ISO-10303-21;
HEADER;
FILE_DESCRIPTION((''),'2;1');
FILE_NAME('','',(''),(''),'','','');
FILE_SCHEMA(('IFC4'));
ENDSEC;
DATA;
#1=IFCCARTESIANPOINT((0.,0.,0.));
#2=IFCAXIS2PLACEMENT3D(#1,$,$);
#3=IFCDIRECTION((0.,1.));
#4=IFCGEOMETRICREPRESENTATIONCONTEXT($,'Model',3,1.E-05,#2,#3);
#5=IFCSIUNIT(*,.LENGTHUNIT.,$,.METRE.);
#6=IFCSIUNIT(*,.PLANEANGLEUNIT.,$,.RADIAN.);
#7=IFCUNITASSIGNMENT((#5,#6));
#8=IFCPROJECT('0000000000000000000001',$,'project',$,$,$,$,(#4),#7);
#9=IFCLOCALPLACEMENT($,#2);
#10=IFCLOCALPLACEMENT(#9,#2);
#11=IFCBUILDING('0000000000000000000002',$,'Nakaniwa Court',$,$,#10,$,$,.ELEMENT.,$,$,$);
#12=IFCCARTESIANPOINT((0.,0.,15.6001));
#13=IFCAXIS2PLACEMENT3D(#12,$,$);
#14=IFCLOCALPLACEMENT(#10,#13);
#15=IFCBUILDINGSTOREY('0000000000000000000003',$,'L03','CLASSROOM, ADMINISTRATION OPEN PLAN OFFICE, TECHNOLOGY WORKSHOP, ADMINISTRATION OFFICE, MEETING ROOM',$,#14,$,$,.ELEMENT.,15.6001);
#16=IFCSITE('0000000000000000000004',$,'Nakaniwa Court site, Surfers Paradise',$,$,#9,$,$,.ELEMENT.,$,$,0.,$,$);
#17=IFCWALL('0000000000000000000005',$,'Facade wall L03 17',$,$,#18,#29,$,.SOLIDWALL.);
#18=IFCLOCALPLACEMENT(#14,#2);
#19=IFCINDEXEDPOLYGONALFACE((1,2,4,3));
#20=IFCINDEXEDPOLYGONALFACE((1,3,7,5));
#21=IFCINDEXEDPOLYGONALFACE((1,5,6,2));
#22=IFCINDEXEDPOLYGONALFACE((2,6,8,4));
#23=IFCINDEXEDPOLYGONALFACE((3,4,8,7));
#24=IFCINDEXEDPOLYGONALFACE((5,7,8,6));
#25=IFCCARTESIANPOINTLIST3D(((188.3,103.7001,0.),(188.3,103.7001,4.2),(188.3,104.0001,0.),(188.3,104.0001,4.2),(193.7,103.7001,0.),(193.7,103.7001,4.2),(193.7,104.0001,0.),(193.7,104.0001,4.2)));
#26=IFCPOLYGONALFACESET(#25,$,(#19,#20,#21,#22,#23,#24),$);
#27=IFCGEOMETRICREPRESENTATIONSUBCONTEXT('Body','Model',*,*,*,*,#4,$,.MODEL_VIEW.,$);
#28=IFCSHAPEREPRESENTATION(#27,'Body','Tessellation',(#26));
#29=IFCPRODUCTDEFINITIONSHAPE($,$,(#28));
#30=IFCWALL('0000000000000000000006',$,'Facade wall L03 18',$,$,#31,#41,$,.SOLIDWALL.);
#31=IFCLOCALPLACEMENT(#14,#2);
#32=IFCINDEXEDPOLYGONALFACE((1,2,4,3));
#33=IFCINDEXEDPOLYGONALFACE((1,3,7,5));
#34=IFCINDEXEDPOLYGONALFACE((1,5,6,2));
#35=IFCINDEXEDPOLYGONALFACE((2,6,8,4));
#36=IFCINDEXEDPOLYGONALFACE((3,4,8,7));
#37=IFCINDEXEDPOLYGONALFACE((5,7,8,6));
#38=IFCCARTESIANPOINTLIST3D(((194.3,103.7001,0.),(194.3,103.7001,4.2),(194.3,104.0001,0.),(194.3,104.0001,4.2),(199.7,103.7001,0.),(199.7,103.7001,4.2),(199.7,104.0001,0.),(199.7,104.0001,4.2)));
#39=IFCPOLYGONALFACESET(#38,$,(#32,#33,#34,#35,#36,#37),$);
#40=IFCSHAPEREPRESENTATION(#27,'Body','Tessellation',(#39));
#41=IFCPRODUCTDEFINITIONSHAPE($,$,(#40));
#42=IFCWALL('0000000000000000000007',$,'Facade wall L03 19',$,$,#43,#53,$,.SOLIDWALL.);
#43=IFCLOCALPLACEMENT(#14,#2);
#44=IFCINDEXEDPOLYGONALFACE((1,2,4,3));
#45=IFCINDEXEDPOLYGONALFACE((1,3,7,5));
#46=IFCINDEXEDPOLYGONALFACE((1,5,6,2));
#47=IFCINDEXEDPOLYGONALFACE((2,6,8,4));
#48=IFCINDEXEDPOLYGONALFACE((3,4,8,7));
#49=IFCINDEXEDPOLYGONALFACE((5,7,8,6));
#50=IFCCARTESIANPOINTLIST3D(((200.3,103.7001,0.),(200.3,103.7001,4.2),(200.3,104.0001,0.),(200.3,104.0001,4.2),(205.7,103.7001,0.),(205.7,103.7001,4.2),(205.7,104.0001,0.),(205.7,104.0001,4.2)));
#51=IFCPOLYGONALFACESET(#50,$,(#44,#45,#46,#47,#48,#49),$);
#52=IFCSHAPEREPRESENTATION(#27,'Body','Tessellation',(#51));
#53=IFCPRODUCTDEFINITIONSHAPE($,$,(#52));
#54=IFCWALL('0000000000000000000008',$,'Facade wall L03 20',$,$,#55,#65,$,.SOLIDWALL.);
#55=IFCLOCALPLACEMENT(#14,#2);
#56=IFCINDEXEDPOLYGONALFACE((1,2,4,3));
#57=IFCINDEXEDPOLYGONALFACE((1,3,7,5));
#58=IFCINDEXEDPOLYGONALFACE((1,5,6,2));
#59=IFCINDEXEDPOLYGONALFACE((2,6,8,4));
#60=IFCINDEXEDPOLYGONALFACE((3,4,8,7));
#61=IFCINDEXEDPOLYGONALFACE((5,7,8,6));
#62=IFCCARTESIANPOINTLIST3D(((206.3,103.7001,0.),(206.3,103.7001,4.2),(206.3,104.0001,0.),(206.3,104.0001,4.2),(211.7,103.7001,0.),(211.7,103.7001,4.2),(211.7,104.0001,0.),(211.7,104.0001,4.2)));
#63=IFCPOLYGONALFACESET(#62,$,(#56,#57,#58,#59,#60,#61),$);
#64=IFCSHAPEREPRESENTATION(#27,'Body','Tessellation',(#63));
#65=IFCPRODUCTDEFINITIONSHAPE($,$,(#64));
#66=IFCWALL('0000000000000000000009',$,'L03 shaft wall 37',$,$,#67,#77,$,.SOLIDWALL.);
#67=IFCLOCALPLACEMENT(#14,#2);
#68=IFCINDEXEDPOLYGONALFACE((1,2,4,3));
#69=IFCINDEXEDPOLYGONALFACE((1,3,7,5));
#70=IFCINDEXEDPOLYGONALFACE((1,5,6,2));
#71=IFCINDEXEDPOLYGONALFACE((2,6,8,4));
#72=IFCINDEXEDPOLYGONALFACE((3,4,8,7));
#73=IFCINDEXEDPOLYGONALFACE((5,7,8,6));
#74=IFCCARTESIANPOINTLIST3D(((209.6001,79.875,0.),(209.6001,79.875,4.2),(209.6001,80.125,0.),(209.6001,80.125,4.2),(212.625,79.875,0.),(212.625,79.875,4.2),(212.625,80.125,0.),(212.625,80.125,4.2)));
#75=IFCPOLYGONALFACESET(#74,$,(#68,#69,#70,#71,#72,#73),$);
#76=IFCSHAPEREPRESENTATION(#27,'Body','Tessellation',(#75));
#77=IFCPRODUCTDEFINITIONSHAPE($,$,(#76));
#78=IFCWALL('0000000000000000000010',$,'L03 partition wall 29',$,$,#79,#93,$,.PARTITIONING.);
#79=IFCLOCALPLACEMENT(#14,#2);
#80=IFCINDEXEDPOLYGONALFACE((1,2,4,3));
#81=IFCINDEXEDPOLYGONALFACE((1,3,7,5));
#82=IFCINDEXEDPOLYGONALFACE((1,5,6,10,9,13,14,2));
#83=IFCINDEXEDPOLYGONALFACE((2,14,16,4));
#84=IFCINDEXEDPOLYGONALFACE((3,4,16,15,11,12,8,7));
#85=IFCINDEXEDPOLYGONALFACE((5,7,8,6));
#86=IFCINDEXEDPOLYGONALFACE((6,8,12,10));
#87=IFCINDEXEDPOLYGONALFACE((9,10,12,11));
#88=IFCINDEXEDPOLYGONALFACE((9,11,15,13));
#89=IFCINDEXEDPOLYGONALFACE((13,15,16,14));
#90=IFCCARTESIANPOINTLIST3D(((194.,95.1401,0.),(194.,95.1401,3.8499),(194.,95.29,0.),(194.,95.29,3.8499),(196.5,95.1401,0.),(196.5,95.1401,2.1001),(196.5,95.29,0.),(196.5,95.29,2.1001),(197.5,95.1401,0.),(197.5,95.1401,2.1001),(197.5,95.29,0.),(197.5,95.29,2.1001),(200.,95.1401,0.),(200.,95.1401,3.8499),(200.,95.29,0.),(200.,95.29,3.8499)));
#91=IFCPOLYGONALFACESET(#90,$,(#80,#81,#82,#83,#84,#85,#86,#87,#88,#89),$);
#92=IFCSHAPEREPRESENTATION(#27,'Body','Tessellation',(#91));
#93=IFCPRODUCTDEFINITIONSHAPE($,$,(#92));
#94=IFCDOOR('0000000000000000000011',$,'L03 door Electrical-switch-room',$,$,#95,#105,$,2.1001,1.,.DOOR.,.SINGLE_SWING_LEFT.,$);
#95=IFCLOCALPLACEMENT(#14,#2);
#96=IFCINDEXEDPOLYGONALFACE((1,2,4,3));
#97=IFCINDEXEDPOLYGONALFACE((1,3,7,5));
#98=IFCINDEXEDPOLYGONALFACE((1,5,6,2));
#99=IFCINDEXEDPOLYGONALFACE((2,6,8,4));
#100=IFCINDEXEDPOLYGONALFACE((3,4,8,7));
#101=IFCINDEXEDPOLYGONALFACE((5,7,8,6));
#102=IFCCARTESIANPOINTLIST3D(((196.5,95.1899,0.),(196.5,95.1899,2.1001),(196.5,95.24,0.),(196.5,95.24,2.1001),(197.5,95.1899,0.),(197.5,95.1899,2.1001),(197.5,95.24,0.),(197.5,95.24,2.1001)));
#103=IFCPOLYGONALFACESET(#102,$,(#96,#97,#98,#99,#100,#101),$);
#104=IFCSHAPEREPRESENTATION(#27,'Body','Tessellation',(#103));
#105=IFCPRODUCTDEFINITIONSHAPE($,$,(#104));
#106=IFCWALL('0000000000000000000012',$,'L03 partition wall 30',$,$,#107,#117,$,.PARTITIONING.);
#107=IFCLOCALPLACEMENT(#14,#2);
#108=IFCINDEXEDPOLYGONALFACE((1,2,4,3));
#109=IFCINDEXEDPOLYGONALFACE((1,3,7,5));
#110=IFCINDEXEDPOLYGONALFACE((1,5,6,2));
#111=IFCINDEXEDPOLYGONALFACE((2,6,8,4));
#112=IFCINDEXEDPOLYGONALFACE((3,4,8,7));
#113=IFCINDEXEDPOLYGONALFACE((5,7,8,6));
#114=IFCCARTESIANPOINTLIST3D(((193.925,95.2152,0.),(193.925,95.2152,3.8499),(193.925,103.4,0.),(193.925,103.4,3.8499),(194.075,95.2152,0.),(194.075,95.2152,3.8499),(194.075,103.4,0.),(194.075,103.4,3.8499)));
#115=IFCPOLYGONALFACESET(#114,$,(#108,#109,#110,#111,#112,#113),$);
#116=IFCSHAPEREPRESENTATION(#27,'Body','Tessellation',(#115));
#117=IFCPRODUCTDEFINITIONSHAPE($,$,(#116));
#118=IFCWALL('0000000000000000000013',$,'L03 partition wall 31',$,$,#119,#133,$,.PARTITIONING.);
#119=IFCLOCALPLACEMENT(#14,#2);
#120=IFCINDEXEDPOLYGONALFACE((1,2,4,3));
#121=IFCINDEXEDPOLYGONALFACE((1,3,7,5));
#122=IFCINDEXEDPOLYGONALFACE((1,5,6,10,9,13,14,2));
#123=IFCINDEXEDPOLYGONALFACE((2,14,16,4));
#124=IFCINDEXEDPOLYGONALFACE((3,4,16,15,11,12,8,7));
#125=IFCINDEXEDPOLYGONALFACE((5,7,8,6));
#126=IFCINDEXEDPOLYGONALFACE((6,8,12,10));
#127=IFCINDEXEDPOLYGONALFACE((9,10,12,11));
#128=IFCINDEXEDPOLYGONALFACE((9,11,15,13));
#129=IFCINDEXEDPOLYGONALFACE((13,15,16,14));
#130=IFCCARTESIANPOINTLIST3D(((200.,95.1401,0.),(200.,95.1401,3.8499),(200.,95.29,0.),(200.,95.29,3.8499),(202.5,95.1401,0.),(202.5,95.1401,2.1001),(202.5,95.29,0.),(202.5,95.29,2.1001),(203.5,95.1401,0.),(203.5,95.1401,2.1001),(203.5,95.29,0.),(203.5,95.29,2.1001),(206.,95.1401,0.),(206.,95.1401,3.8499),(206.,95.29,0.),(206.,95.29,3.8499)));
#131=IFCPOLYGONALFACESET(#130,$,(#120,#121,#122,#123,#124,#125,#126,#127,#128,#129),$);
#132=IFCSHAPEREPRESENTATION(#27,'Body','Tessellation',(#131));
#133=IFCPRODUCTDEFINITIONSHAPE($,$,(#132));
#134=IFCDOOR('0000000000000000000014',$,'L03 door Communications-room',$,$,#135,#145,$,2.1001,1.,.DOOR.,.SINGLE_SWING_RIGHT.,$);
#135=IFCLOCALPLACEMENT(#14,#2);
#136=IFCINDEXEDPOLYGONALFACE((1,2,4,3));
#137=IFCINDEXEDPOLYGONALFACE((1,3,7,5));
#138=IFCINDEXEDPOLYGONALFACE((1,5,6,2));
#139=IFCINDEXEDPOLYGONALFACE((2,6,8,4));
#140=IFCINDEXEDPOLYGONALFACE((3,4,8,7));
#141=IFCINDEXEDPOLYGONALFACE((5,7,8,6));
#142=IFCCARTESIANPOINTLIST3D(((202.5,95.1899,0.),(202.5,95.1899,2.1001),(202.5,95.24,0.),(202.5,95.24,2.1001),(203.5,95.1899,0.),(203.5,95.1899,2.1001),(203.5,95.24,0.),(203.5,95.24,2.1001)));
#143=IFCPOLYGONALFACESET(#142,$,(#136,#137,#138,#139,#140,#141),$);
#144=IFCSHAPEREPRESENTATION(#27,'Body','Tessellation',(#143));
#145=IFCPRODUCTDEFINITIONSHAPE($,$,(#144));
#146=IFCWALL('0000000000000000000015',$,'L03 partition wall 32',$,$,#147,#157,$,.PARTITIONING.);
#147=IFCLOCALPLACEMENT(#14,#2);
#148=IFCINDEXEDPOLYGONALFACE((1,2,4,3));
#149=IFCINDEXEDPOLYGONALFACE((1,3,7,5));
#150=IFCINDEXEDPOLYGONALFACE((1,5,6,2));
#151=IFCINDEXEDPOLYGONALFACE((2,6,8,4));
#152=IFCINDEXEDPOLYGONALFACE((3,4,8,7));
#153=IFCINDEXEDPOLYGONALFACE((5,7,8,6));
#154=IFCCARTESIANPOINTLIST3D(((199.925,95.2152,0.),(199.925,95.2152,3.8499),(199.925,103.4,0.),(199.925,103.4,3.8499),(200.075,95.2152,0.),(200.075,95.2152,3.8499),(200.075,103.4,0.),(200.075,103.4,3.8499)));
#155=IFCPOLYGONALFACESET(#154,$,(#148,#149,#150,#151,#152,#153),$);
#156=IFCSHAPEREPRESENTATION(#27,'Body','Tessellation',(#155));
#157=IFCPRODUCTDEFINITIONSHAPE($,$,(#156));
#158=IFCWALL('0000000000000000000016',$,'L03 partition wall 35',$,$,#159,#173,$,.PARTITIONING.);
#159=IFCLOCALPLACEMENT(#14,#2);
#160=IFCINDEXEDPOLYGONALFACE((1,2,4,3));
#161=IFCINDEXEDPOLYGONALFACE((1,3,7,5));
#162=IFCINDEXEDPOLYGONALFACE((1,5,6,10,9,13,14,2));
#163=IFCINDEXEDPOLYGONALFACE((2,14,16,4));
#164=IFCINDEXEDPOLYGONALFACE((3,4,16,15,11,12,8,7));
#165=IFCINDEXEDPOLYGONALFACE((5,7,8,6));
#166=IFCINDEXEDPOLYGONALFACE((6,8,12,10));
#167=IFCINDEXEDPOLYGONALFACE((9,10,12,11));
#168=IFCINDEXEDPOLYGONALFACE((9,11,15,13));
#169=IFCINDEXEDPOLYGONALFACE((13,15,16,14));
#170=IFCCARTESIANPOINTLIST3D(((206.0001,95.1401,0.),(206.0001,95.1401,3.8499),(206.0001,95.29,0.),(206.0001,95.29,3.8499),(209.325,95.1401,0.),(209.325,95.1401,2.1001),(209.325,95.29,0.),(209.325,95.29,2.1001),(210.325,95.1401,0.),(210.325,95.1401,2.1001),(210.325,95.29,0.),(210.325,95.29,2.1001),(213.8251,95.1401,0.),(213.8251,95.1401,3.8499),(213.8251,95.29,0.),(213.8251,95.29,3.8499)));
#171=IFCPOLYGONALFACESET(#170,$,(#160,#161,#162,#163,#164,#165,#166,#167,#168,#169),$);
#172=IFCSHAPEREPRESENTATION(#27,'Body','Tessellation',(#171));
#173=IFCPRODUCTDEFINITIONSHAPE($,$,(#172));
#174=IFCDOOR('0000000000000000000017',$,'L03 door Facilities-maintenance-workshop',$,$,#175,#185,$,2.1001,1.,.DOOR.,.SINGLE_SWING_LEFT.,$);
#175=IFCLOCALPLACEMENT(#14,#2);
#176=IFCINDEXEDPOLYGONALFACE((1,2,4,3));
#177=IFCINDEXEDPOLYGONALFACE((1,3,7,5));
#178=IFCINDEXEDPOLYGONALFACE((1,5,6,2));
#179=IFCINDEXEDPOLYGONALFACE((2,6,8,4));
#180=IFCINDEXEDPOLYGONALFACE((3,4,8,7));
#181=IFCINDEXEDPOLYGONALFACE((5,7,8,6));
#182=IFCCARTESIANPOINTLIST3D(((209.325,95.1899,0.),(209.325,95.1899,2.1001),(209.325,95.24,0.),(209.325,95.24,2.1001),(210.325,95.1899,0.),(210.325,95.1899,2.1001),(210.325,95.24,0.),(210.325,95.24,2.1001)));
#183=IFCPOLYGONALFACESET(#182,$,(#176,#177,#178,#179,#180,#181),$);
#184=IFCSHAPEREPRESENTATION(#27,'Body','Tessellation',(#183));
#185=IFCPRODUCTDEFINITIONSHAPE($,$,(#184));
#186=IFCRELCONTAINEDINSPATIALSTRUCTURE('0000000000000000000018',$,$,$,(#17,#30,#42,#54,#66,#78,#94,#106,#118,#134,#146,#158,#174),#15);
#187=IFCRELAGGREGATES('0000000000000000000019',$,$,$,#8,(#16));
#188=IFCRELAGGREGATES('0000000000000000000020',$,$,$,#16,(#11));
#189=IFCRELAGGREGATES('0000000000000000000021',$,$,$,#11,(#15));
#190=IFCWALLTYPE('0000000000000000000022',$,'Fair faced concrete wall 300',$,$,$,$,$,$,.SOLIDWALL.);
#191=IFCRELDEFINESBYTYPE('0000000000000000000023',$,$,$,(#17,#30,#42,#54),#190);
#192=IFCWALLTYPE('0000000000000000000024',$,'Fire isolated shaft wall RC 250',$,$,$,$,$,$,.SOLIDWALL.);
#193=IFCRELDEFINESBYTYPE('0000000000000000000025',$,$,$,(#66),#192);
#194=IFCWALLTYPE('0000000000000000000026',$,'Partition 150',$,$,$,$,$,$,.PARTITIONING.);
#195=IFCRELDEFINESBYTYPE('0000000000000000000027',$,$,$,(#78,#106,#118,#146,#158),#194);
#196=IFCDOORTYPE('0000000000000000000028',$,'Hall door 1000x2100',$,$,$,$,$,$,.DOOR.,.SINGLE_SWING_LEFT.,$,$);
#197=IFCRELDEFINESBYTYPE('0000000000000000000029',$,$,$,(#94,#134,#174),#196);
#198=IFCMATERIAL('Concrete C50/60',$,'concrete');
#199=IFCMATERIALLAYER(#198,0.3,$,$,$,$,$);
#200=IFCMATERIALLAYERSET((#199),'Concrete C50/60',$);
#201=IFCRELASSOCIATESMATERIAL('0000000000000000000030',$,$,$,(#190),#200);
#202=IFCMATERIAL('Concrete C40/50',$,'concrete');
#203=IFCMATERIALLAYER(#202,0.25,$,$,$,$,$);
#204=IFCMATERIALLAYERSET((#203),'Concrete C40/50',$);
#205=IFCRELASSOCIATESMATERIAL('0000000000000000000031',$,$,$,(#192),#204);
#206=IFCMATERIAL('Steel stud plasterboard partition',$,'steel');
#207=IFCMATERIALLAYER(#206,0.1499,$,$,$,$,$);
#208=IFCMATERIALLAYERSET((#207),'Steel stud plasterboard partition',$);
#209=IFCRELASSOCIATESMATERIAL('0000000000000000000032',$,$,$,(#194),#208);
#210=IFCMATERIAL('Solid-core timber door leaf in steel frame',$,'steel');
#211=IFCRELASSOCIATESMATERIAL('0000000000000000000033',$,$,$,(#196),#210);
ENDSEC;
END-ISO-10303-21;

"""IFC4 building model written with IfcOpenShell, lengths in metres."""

from ifc_helpers import new_model, si_unit, direction, frame, frame_2d, origin, place, context, subcontext, project, spatial, rectangle, extrude, material, layer, layer_set, type_object, element, fill, save


model = new_model("IFC4")

# Units and contexts
model_context = context("Model", 3, precision=1e-05, world=origin(), true_north=direction((0.0, 1.0)))
body_context = subcontext(model_context, "Body", "Model", "MODEL_VIEW")
ifc_project = project(units=[si_unit("LENGTHUNIT", "METRE"), si_unit("PLANEANGLEUNIT", "RADIAN")], contexts=[model_context])

# Site, building, storey
site_placement = place(None, origin())
site = spatial("IfcSite", under=ifc_project, at=site_placement, Name="Nakaniwa Court site, Surfers Paradise", CompositionType="ELEMENT", RefElevation=0.0)
building_placement = place(site_placement, origin())
building = spatial("IfcBuilding", under=site, at=building_placement, Name="Nakaniwa Court", CompositionType="ELEMENT")
storey_placement = place(building_placement, frame((0.0, 0.0, 15.6001)))
storey = spatial("IfcBuildingStorey", under=building, at=storey_placement, Name="L03", Description="CLASSROOM, ADMINISTRATION OPEN PLAN OFFICE, TECHNOLOGY WORKSHOP, ADMINISTRATION OFFICE, MEETING ROOM", CompositionType="ELEMENT", Elevation=15.6001)

# Shared definitions
ifc_material_1 = material(Name="Concrete C50/60", Category="concrete")

# Walls
ifc_layer_1 = layer(ifc_material_1, 0.3)
ifc_layer_set_1 = layer_set([ifc_layer_1], Name="Concrete C50/60")
wall_type_1 = type_object("IfcWallType", Name="Fair faced concrete wall 300", PredefinedType="SOLIDWALL", material=ifc_layer_set_1)
for number, where, z_axis, x_axis, name in (
    (1, (188.3, 103.8501, 0.0), (0.0, 0.0, 1.0), (1.0, 0.0, 0.0), "Facade wall L03 17"),
    (2, (194.3, 103.8501, 0.0), (0.0, 0.0, 1.0), (1.0, 0.0, 0.0), "Facade wall L03 18"),
    (3, (200.3, 103.8501, 0.0), (0.0, 0.0, 1.0), (1.0, 0.0, 0.0), "Facade wall L03 19"),
    (4, (206.3, 103.8501, 0.0), (0.0, 0.0, 1.0), (1.0, 0.0, 0.0), "Facade wall L03 20"),
):
    element("IfcWall", number, at=place(storey_placement, frame(where, z_axis=z_axis, x_axis=x_axis)), inside=storey, type_object=wall_type_1, Name=name, PredefinedType="SOLIDWALL", context=body_context, shape_type="SweptSolid", body=[
        extrude(rectangle(XDim=5.3999, YDim=0.3, at=frame_2d((2.7, 0.0))), origin(), (0.0, 0.0, 1.0), 4.2),
    ])
ifc_material_2 = material(Name="Concrete C40/50", Category="concrete")
ifc_layer_2 = layer(ifc_material_2, 0.25)
ifc_layer_set_2 = layer_set([ifc_layer_2], Name="Concrete C40/50")
wall_type_2 = type_object("IfcWallType", Name="Fire isolated shaft wall RC 250", PredefinedType="SOLIDWALL", material=ifc_layer_set_2)
wall_1_placement = place(storey_placement, frame((209.6001, 80.0, 0.0), z_axis=(0.0, 0.0, 1.0), x_axis=(1.0, 0.0, 0.0)))
element("IfcWall", 5, at=wall_1_placement, inside=storey, type_object=wall_type_2, Name="L03 shaft wall 37", PredefinedType="SOLIDWALL", context=body_context, shape_type="SweptSolid", body=[
    extrude(rectangle(XDim=3.0249, YDim=0.25, at=frame_2d((1.5125, 0.0))), origin(), (0.0, 0.0, 1.0), 4.2),
])

# Wall, opening, door
ifc_material_3 = material(Name="Steel stud plasterboard partition", Category="steel")
ifc_layer_3 = layer(ifc_material_3, 0.1499)
ifc_layer_set_3 = layer_set([ifc_layer_3], Name="Steel stud plasterboard partition")
wall_type_3 = type_object("IfcWallType", Name="Partition 150", PredefinedType="PARTITIONING", material=ifc_layer_set_3)
wall_2_placement = place(storey_placement, frame((194.0, 95.2151, 0.0), z_axis=(0.0, 0.0, 1.0), x_axis=(1.0, 0.0, 0.0)))
wall_2 = element("IfcWall", 6, at=wall_2_placement, inside=storey, type_object=wall_type_3, Name="L03 partition wall 29", PredefinedType="PARTITIONING", context=body_context, shape_type="SweptSolid", body=[
    extrude(rectangle(XDim=6.0, YDim=0.1499, at=frame_2d((3.0, 0.0))), origin(), (0.0, 0.0, 1.0), 3.8499),
])
opening_1_placement = place(wall_2_placement, frame((2.5, 0.0, 0.0)))
opening_1 = element("IfcOpeningElement", 7, at=opening_1_placement, cuts=wall_2, PredefinedType="OPENING", context=body_context, shape_type="SweptSolid", body=[
    extrude(rectangle(XDim=1.0, YDim=2.1001, at=frame_2d((0.5, 1.05))), frame((0.0, 0.085, 0.0), z_axis=(0.0, -1.0, 0.0), x_axis=(1.0, 0.0, 0.0)), (0.0, 0.0, 1.0), 0.1699),
])
ifc_material_4 = material(Name="Solid-core timber door leaf in steel frame", Category="steel")
door_type = type_object("IfcDoorType", Name="Hall door 1000x2100", OperationType="SINGLE_SWING_LEFT", PredefinedType="DOOR", material=ifc_material_4)
door_1_placement = place(opening_1_placement, origin())
door_1 = element("IfcDoor", 8, at=door_1_placement, inside=storey, type_object=door_type, Name="L03 door Electrical-switch-room", OperationType="SINGLE_SWING_LEFT", OverallHeight=2.1001, OverallWidth=1.0, PredefinedType="DOOR", context=body_context, shape_type="SweptSolid", body=[
    extrude(rectangle(XDim=1.0, YDim=2.1001, at=frame_2d((0.5, 1.05))), frame((0.0, 0.0249, 0.0), z_axis=(0.0, -1.0, 0.0), x_axis=(1.0, 0.0, 0.0)), (0.0, 0.0, 1.0), 0.05),
])
fill(opening_1, door_1)

# Wall
wall_3_placement = place(storey_placement, frame((194.0, 103.3999, 0.0), z_axis=(0.0, 0.0, 1.0), x_axis=(0.0, -1.0, 0.0)))
element("IfcWall", 9, at=wall_3_placement, inside=storey, type_object=wall_type_3, Name="L03 partition wall 30", PredefinedType="PARTITIONING", context=body_context, shape_type="SweptSolid", body=[
    extrude(rectangle(XDim=8.1848, YDim=0.1499, at=frame_2d((4.0923, 0.0))), origin(), (0.0, 0.0, 1.0), 3.8499),
])

# Wall, opening, door
wall_4_placement = place(storey_placement, frame((200.0, 95.2151, 0.0), z_axis=(0.0, 0.0, 1.0), x_axis=(1.0, 0.0, 0.0)))
wall_4 = element("IfcWall", 10, at=wall_4_placement, inside=storey, type_object=wall_type_3, Name="L03 partition wall 31", PredefinedType="PARTITIONING", context=body_context, shape_type="SweptSolid", body=[
    extrude(rectangle(XDim=6.0, YDim=0.1499, at=frame_2d((3.0, 0.0))), origin(), (0.0, 0.0, 1.0), 3.8499),
])
opening_2_placement = place(wall_4_placement, frame((2.5, 0.0, 0.0)))
opening_2 = element("IfcOpeningElement", 11, at=opening_2_placement, cuts=wall_4, PredefinedType="OPENING", context=body_context, shape_type="SweptSolid", body=[
    extrude(rectangle(XDim=1.0, YDim=2.1001, at=frame_2d((0.5, 1.05))), frame((0.0, 0.085, 0.0), z_axis=(0.0, -1.0, 0.0), x_axis=(1.0, 0.0, 0.0)), (0.0, 0.0, 1.0), 0.1699),
])
door_2_placement = place(opening_2_placement, origin())
door_2 = element("IfcDoor", 12, at=door_2_placement, inside=storey, type_object=door_type, Name="L03 door Communications-room", OperationType="SINGLE_SWING_RIGHT", OverallHeight=2.1001, OverallWidth=1.0, PredefinedType="DOOR", context=body_context, shape_type="SweptSolid", body=[
    extrude(rectangle(XDim=1.0, YDim=2.1001, at=frame_2d((0.5, 1.05))), frame((0.0, 0.0249, 0.0), z_axis=(0.0, -1.0, 0.0), x_axis=(1.0, 0.0, 0.0)), (0.0, 0.0, 1.0), 0.05),
])
fill(opening_2, door_2)

# Wall
wall_5_placement = place(storey_placement, frame((200.0, 103.3999, 0.0), z_axis=(0.0, 0.0, 1.0), x_axis=(0.0, -1.0, 0.0)))
element("IfcWall", 13, at=wall_5_placement, inside=storey, type_object=wall_type_3, Name="L03 partition wall 32", PredefinedType="PARTITIONING", context=body_context, shape_type="SweptSolid", body=[
    extrude(rectangle(XDim=8.1848, YDim=0.1499, at=frame_2d((4.0923, 0.0))), origin(), (0.0, 0.0, 1.0), 3.8499),
])

# Wall, opening, door
wall_6_placement = place(storey_placement, frame((206.0, 95.2151, 0.0), z_axis=(0.0, 0.0, 1.0), x_axis=(1.0, 0.0, 0.0)))
wall_6 = element("IfcWall", 14, at=wall_6_placement, inside=storey, type_object=wall_type_3, Name="L03 partition wall 35", PredefinedType="PARTITIONING", context=body_context, shape_type="SweptSolid", body=[
    extrude(rectangle(XDim=7.825, YDim=0.1499, at=frame_2d((3.9126, 0.0))), origin(), (0.0, 0.0, 1.0), 3.8499),
])
opening_3_placement = place(wall_6_placement, frame((3.325, 0.0, 0.0)))
opening_3 = element("IfcOpeningElement", 15, at=opening_3_placement, cuts=wall_6, PredefinedType="OPENING", context=body_context, shape_type="SweptSolid", body=[
    extrude(rectangle(XDim=1.0, YDim=2.1001, at=frame_2d((0.5, 1.05))), frame((0.0, 0.085, 0.0), z_axis=(0.0, -1.0, 0.0), x_axis=(1.0, 0.0, 0.0)), (0.0, 0.0, 1.0), 0.1699),
])
door_3_placement = place(opening_3_placement, origin())
door_3 = element("IfcDoor", 16, at=door_3_placement, inside=storey, type_object=door_type, Name="L03 door Facilities-maintenance-workshop", OperationType="SINGLE_SWING_LEFT", OverallHeight=2.1001, OverallWidth=1.0, PredefinedType="DOOR", context=body_context, shape_type="SweptSolid", body=[
    extrude(rectangle(XDim=1.0, YDim=2.1001, at=frame_2d((0.5, 1.05))), frame((0.0, 0.0249, 0.0), z_axis=(0.0, -1.0, 0.0), x_axis=(1.0, 0.0, 0.0)), (0.0, 0.0, 1.0), 0.05),
])
fill(opening_3, door_3)

save(model, "model.ifc")
